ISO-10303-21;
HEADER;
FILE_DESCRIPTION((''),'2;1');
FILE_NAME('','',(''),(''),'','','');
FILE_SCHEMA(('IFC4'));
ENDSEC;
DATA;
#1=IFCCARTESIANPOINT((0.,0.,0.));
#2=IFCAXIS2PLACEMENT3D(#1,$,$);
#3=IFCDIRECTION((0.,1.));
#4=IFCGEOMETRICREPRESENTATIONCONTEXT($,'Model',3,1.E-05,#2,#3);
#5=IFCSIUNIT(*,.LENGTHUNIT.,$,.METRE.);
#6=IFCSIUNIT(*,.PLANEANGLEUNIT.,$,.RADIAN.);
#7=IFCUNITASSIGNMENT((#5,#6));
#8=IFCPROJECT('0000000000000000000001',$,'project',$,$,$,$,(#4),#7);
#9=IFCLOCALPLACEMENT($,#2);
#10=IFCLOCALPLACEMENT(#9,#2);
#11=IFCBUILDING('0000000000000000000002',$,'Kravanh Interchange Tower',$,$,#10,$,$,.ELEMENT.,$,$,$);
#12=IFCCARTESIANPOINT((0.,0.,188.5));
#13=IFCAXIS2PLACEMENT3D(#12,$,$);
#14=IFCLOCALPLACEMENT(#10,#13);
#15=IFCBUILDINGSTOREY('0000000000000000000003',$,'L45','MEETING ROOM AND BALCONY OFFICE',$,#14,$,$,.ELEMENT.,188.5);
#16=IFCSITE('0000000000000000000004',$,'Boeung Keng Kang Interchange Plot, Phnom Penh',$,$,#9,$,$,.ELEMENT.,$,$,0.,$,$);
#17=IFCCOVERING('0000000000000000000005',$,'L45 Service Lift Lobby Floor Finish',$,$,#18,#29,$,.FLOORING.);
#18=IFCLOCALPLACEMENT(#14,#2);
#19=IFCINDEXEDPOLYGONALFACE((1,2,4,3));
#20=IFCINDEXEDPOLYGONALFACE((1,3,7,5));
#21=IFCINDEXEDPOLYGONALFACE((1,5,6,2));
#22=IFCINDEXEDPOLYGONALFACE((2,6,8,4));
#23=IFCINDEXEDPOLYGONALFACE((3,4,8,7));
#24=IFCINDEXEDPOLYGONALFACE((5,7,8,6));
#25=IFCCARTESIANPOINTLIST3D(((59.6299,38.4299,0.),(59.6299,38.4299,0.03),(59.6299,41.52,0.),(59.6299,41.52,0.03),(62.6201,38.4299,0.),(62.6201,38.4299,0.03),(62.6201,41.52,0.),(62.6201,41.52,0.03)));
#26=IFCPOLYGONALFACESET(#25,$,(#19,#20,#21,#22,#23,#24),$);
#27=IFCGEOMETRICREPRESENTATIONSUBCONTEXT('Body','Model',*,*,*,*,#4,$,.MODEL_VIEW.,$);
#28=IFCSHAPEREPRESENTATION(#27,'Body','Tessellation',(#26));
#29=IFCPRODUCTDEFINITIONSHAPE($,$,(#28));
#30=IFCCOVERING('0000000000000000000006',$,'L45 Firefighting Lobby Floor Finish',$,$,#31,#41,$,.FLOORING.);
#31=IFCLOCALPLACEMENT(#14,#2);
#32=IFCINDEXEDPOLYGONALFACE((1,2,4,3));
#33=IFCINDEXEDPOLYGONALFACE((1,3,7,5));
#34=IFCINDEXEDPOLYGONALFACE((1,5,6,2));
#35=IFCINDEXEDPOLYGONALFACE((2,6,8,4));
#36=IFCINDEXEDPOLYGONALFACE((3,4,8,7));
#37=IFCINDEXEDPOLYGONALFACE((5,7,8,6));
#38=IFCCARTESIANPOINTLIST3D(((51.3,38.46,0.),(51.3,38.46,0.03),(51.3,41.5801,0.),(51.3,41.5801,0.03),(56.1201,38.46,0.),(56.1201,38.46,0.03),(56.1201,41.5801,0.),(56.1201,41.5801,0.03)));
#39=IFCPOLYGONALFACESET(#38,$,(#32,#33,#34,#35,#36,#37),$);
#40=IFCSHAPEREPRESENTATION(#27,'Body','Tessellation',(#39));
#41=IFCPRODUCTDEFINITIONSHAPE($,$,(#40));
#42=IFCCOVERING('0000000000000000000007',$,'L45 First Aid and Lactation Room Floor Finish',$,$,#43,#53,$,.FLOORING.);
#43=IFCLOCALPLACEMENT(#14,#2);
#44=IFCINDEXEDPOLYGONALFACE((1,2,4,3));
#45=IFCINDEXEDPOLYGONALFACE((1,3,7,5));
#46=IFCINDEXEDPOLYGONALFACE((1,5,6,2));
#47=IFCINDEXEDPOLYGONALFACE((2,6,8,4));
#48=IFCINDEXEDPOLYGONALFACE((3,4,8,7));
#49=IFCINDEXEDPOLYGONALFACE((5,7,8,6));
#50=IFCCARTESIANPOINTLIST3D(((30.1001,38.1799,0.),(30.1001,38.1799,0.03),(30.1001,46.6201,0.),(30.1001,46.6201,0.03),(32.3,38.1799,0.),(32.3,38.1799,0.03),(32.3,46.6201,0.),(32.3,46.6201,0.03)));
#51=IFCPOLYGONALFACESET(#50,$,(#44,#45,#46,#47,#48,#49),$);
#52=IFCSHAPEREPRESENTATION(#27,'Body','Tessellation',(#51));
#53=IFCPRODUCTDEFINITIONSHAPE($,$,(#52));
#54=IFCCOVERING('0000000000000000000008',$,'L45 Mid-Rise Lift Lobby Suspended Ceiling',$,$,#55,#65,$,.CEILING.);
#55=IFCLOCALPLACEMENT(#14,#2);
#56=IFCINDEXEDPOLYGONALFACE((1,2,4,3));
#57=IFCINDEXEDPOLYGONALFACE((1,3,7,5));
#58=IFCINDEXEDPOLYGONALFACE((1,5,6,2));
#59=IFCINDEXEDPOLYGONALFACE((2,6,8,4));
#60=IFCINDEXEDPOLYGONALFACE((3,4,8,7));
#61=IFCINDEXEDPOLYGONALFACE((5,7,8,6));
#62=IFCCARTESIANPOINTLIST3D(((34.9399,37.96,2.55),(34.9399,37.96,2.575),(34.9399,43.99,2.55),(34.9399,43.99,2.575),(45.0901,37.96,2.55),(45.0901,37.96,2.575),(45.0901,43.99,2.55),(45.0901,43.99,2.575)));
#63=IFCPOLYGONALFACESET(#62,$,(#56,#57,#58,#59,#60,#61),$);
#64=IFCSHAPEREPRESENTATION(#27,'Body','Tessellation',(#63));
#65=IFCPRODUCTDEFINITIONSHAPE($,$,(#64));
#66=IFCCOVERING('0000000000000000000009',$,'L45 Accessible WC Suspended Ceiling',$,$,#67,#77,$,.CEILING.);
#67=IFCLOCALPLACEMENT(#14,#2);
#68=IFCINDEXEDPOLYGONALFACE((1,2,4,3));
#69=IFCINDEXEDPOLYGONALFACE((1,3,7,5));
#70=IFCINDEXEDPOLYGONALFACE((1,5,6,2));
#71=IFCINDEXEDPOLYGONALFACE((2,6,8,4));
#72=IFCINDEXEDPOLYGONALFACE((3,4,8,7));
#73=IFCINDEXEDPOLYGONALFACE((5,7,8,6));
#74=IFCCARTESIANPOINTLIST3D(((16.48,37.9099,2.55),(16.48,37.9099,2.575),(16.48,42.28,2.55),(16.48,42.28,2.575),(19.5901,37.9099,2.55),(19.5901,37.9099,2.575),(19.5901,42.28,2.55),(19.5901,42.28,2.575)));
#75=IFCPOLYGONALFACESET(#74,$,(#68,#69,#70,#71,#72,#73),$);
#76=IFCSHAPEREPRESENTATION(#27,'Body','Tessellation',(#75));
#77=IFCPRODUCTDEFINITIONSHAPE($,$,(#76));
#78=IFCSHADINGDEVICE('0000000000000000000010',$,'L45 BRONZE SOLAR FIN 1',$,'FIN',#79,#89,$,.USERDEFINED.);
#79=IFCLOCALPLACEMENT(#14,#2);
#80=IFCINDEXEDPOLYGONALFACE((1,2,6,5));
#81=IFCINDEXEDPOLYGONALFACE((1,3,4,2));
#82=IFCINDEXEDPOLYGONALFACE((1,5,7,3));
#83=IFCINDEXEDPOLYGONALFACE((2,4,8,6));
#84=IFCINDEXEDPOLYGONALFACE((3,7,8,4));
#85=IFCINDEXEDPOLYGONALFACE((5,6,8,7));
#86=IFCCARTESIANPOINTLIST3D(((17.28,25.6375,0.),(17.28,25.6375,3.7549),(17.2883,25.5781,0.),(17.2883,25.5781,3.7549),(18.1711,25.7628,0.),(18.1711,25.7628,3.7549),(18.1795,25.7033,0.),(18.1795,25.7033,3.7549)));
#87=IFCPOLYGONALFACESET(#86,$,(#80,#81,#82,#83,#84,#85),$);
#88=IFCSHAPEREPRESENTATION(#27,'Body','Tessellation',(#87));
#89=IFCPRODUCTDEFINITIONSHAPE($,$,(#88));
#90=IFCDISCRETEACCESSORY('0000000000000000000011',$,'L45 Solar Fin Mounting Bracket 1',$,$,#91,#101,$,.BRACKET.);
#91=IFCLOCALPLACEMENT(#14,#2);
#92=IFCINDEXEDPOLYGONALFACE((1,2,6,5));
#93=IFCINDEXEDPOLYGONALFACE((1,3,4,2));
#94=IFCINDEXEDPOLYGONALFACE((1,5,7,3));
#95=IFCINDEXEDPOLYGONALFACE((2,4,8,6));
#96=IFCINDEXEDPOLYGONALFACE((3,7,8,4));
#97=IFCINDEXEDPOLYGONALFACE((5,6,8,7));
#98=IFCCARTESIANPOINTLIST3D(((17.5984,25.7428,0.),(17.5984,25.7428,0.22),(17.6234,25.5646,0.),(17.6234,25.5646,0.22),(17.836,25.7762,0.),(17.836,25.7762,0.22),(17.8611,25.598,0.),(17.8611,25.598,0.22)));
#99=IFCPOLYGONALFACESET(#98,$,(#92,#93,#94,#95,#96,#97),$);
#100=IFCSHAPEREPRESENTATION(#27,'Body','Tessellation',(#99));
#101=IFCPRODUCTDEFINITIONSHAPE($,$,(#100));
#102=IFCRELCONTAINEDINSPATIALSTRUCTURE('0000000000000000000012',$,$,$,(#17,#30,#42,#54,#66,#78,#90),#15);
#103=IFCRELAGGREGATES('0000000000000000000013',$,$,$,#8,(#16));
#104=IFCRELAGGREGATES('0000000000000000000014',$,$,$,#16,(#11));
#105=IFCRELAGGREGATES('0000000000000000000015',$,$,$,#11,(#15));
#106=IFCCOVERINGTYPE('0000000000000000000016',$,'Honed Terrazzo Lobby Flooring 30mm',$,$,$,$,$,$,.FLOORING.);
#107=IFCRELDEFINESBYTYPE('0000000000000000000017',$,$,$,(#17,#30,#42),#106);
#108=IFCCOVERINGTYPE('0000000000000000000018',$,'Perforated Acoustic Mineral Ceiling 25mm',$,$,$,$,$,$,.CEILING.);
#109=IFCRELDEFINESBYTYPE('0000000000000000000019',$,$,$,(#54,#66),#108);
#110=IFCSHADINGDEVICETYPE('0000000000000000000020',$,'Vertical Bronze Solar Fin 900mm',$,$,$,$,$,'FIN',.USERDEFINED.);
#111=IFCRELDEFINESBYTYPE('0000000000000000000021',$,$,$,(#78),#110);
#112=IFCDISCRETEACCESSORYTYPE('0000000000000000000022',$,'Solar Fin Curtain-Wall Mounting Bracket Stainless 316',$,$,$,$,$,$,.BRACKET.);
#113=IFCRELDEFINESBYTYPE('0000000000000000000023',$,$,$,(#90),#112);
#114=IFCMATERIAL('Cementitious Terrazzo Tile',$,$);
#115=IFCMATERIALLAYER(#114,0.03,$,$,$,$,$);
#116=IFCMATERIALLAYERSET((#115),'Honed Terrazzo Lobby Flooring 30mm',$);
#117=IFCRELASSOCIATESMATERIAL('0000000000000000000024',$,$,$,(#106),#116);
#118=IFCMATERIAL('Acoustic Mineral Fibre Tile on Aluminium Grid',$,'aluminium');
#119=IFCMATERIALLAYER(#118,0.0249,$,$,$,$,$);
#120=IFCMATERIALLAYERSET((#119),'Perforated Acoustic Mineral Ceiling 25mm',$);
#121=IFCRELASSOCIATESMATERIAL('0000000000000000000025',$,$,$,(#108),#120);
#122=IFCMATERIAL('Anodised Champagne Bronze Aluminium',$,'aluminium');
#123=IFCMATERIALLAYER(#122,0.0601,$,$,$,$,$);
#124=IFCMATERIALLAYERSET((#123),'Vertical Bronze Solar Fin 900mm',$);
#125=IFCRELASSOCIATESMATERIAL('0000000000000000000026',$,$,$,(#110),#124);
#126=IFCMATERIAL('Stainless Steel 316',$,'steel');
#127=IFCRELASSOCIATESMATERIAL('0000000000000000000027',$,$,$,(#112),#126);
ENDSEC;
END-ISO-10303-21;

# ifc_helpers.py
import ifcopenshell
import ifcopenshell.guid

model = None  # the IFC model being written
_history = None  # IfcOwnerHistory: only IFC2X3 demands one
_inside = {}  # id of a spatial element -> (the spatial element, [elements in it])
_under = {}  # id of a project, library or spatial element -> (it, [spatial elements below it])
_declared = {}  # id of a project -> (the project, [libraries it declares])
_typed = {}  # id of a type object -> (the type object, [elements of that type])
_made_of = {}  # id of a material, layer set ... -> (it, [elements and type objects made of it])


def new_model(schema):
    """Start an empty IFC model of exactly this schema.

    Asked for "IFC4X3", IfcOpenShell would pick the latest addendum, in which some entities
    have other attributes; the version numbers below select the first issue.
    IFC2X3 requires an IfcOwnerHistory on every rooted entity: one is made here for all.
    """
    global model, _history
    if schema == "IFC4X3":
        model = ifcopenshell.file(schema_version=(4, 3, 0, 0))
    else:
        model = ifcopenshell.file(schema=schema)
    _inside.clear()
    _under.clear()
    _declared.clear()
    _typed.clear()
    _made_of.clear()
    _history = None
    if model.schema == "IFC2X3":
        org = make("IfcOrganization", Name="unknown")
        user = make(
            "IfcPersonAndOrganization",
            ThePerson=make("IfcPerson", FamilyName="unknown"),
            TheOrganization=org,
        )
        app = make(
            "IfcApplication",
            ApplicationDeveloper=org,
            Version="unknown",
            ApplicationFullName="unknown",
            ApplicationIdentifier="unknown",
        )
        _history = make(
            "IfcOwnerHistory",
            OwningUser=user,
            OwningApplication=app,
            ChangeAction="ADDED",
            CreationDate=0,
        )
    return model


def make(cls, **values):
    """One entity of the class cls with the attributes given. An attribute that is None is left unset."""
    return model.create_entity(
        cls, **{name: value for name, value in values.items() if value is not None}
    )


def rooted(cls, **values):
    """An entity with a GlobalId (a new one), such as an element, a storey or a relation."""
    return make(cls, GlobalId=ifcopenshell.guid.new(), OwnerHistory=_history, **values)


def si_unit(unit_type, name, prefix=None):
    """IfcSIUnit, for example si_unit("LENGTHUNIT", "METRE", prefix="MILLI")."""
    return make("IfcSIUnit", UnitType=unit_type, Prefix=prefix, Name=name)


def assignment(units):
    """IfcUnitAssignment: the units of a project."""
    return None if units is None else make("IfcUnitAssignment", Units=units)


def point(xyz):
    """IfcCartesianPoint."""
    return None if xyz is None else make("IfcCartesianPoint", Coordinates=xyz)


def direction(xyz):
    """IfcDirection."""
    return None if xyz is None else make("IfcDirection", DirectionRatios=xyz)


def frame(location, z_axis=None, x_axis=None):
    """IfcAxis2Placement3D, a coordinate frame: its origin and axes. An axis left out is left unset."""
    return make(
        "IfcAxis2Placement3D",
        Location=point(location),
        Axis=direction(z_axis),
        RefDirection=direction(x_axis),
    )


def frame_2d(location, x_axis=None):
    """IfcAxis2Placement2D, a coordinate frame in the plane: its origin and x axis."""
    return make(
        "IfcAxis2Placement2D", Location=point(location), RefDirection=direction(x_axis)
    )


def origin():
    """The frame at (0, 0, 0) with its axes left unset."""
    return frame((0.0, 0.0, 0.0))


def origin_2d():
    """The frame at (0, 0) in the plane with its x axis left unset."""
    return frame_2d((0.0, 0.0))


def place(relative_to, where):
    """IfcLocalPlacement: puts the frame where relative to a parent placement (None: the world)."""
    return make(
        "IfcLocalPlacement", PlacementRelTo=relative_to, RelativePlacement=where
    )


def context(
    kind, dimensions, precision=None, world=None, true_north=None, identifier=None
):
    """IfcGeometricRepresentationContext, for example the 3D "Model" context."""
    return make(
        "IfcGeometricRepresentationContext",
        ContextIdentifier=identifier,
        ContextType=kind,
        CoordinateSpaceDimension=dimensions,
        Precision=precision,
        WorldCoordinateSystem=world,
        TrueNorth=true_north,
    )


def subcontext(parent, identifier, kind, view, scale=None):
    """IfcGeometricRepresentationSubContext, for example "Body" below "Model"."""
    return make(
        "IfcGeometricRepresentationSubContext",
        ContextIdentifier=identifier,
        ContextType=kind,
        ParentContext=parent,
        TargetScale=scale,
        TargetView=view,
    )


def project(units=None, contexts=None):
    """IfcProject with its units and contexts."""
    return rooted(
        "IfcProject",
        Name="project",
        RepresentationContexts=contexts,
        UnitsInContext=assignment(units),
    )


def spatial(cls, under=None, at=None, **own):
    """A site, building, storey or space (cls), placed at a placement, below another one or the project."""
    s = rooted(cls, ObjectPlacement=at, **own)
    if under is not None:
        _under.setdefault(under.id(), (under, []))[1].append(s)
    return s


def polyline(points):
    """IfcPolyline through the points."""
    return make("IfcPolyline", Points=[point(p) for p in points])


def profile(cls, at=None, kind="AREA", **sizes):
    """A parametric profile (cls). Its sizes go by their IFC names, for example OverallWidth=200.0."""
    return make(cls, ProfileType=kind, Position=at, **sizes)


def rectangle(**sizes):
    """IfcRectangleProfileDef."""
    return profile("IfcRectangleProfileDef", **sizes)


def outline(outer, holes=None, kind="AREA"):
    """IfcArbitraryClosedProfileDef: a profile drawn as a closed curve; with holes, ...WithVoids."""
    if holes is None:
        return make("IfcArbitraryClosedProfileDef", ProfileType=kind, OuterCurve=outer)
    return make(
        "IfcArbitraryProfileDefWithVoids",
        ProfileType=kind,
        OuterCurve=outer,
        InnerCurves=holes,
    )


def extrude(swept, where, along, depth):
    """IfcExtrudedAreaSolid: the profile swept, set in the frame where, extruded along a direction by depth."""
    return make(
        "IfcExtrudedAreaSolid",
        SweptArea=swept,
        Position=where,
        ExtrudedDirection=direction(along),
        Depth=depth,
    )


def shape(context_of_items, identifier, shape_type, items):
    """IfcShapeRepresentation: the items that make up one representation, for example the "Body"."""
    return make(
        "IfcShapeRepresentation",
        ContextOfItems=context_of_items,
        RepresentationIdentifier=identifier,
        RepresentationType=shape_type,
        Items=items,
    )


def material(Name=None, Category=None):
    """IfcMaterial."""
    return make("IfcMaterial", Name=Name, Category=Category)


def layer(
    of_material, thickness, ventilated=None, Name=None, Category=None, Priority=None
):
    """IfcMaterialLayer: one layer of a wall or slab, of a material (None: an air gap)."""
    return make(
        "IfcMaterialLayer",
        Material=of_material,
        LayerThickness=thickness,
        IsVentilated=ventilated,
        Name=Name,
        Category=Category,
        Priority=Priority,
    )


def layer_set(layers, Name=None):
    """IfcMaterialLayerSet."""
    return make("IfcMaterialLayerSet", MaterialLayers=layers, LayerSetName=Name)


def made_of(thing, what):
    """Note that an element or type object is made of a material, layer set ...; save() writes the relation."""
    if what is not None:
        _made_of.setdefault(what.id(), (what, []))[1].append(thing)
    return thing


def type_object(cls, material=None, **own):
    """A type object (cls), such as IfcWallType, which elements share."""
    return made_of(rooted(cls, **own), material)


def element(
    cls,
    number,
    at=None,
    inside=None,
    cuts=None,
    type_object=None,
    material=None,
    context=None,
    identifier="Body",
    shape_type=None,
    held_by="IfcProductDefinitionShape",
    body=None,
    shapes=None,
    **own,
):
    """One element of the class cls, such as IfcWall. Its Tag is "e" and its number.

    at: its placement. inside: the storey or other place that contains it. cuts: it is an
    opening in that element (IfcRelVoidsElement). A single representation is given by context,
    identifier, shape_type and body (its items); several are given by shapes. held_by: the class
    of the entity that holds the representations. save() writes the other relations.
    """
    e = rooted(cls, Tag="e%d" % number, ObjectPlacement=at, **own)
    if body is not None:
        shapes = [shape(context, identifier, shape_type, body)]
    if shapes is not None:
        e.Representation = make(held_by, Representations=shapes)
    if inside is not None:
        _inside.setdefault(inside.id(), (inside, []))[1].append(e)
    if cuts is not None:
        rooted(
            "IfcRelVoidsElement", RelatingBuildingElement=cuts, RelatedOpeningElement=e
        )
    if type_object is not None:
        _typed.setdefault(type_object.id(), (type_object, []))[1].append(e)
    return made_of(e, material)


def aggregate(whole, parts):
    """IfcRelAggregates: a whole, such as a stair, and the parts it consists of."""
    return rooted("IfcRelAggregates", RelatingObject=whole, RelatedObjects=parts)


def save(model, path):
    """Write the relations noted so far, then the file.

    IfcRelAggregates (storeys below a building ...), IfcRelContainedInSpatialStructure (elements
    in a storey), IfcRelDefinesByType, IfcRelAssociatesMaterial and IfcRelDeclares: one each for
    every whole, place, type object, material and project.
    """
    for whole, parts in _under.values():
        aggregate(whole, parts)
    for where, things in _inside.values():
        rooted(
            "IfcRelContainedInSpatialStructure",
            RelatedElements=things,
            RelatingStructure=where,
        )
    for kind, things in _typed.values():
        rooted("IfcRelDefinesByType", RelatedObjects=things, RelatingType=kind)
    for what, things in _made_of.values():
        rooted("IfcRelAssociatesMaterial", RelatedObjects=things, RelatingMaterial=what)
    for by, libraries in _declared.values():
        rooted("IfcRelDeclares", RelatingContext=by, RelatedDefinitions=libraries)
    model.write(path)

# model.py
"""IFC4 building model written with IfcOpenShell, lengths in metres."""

from ifc_helpers import new_model, si_unit, direction, frame, origin, origin_2d, place, context, subcontext, project, spatial, polyline, rectangle, outline, extrude, material, layer, layer_set, type_object, element, save


model = new_model("IFC4")

# Units and contexts
model_context = context("Model", 3, precision=1e-05, world=origin(), true_north=direction((0.0, 1.0)))
body_context = subcontext(model_context, "Body", "Model", "MODEL_VIEW")
ifc_project = project(units=[si_unit("LENGTHUNIT", "METRE"), si_unit("PLANEANGLEUNIT", "RADIAN")], contexts=[model_context])

# Site, building, storey
site_placement = place(None, origin())
site = spatial("IfcSite", under=ifc_project, at=site_placement, Name="Boeung Keng Kang Interchange Plot, Phnom Penh", CompositionType="ELEMENT", RefElevation=0.0)
building_placement = place(site_placement, origin())
building = spatial("IfcBuilding", under=site, at=building_placement, Name="Kravanh Interchange Tower", CompositionType="ELEMENT")
storey_placement = place(building_placement, frame((0.0, 0.0, 188.5)))
storey = spatial("IfcBuildingStorey", under=building, at=storey_placement, Name="L45", Description="MEETING ROOM AND BALCONY OFFICE", CompositionType="ELEMENT", Elevation=188.5)

# Coverings
ifc_material_1 = material(Name="Cementitious Terrazzo Tile")
ifc_layer_1 = layer(ifc_material_1, 0.03)
ifc_layer_set_1 = layer_set([ifc_layer_1], Name="Honed Terrazzo Lobby Flooring 30mm")
covering_type_1 = type_object("IfcCoveringType", Name="Honed Terrazzo Lobby Flooring 30mm", PredefinedType="FLOORING", material=ifc_layer_set_1)
covering_1_placement = place(storey_placement, origin())
element("IfcCovering", 1, at=covering_1_placement, inside=storey, type_object=covering_type_1, Name="L45 Service Lift Lobby Floor Finish", PredefinedType="FLOORING", context=body_context, shape_type="SweptSolid", body=[
    extrude(outline(polyline([(59.6299, 41.52), (62.6201, 41.52), (62.6201, 38.4299), (59.6299, 38.4299), (59.6299, 41.52)])), origin(), (0.0, 0.0, 1.0), 0.03),
])
covering_2_placement = place(storey_placement, origin())
element("IfcCovering", 2, at=covering_2_placement, inside=storey, type_object=covering_type_1, Name="L45 Firefighting Lobby Floor Finish", PredefinedType="FLOORING", context=body_context, shape_type="SweptSolid", body=[
    extrude(outline(polyline([(56.1201, 38.46), (51.3, 38.46), (51.3, 41.5801), (56.1201, 41.5801), (56.1201, 38.46)])), origin(), (0.0, 0.0, 1.0), 0.03),
])
covering_3_placement = place(storey_placement, origin())
element("IfcCovering", 3, at=covering_3_placement, inside=storey, type_object=covering_type_1, Name="L45 First Aid and Lactation Room Floor Finish", PredefinedType="FLOORING", context=body_context, shape_type="SweptSolid", body=[
    extrude(outline(polyline([(30.1001, 46.6201), (32.3, 46.6201), (32.3, 38.1799), (30.1001, 38.1799), (30.1001, 46.6201)])), origin(), (0.0, 0.0, 1.0), 0.03),
])
ifc_material_2 = material(Name="Acoustic Mineral Fibre Tile on Aluminium Grid", Category="aluminium")
ifc_layer_2 = layer(ifc_material_2, 0.0249)
ifc_layer_set_2 = layer_set([ifc_layer_2], Name="Perforated Acoustic Mineral Ceiling 25mm")
covering_type_2 = type_object("IfcCoveringType", Name="Perforated Acoustic Mineral Ceiling 25mm", PredefinedType="CEILING", material=ifc_layer_set_2)
covering_4_placement = place(storey_placement, frame((0.0, 0.0, 2.55)))
element("IfcCovering", 4, at=covering_4_placement, inside=storey, type_object=covering_type_2, Name="L45 Mid-Rise Lift Lobby Suspended Ceiling", PredefinedType="CEILING", context=body_context, shape_type="SweptSolid", body=[
    extrude(outline(polyline([(45.0901, 37.96), (34.9399, 37.96), (34.9399, 43.99), (45.0901, 43.99), (45.0901, 37.96)])), origin(), (0.0, 0.0, 1.0), 0.0249),
])
covering_5_placement = place(storey_placement, frame((0.0, 0.0, 2.55)))
element("IfcCovering", 5, at=covering_5_placement, inside=storey, type_object=covering_type_2, Name="L45 Accessible WC Suspended Ceiling", PredefinedType="CEILING", context=body_context, shape_type="SweptSolid", body=[
    extrude(outline(polyline([(19.5901, 42.28), (19.5901, 37.9099), (16.48, 37.9099), (16.48, 42.28), (19.5901, 42.28)])), origin(), (0.0, 0.0, 1.0), 0.0249),
])

# Shading device
ifc_material_3 = material(Name="Anodised Champagne Bronze Aluminium", Category="aluminium")
ifc_layer_3 = layer(ifc_material_3, 0.0601)
ifc_layer_set_3 = layer_set([ifc_layer_3], Name="Vertical Bronze Solar Fin 900mm")
shading_device_type = type_object("IfcShadingDeviceType", Name="Vertical Bronze Solar Fin 900mm", ElementType="FIN", PredefinedType="USERDEFINED", material=ifc_layer_set_3)
shading_device_placement = place(storey_placement, frame((17.7297, 25.6704, 0.0), z_axis=(0.0, 0.0, 1.0), x_axis=(-0.990268, -0.139172, 0.0)))
element("IfcShadingDevice", 6, at=shading_device_placement, inside=storey, type_object=shading_device_type, Name="L45 BRONZE SOLAR FIN 1", ObjectType="FIN", PredefinedType="USERDEFINED", context=body_context, shape_type="SweptSolid", body=[
    extrude(rectangle(XDim=0.8999, YDim=0.0601, at=origin_2d()), origin(), (0.0, 0.0, 1.0), 3.7549),
])

# Discrete accessory
ifc_material_4 = material(Name="Stainless Steel 316", Category="steel")
discrete_accessory_type = type_object("IfcDiscreteAccessoryType", Name="Solar Fin Curtain-Wall Mounting Bracket Stainless 316", PredefinedType="BRACKET", material=ifc_material_4)
discrete_accessory_placement = place(storey_placement, frame((17.7297, 25.6704, 0.0), z_axis=(0.0, 0.0, 1.0), x_axis=(-0.990268, -0.139172, 0.0)))
element("IfcDiscreteAccessory", 7, at=discrete_accessory_placement, inside=storey, type_object=discrete_accessory_type, Name="L45 Solar Fin Mounting Bracket 1", PredefinedType="BRACKET", context=body_context, shape_type="SweptSolid", body=[
    extrude(rectangle(XDim=0.24, YDim=0.1799, at=origin_2d()), origin(), (0.0, 0.0, 1.0), 0.22),
])

save(model, "model.ifc")
